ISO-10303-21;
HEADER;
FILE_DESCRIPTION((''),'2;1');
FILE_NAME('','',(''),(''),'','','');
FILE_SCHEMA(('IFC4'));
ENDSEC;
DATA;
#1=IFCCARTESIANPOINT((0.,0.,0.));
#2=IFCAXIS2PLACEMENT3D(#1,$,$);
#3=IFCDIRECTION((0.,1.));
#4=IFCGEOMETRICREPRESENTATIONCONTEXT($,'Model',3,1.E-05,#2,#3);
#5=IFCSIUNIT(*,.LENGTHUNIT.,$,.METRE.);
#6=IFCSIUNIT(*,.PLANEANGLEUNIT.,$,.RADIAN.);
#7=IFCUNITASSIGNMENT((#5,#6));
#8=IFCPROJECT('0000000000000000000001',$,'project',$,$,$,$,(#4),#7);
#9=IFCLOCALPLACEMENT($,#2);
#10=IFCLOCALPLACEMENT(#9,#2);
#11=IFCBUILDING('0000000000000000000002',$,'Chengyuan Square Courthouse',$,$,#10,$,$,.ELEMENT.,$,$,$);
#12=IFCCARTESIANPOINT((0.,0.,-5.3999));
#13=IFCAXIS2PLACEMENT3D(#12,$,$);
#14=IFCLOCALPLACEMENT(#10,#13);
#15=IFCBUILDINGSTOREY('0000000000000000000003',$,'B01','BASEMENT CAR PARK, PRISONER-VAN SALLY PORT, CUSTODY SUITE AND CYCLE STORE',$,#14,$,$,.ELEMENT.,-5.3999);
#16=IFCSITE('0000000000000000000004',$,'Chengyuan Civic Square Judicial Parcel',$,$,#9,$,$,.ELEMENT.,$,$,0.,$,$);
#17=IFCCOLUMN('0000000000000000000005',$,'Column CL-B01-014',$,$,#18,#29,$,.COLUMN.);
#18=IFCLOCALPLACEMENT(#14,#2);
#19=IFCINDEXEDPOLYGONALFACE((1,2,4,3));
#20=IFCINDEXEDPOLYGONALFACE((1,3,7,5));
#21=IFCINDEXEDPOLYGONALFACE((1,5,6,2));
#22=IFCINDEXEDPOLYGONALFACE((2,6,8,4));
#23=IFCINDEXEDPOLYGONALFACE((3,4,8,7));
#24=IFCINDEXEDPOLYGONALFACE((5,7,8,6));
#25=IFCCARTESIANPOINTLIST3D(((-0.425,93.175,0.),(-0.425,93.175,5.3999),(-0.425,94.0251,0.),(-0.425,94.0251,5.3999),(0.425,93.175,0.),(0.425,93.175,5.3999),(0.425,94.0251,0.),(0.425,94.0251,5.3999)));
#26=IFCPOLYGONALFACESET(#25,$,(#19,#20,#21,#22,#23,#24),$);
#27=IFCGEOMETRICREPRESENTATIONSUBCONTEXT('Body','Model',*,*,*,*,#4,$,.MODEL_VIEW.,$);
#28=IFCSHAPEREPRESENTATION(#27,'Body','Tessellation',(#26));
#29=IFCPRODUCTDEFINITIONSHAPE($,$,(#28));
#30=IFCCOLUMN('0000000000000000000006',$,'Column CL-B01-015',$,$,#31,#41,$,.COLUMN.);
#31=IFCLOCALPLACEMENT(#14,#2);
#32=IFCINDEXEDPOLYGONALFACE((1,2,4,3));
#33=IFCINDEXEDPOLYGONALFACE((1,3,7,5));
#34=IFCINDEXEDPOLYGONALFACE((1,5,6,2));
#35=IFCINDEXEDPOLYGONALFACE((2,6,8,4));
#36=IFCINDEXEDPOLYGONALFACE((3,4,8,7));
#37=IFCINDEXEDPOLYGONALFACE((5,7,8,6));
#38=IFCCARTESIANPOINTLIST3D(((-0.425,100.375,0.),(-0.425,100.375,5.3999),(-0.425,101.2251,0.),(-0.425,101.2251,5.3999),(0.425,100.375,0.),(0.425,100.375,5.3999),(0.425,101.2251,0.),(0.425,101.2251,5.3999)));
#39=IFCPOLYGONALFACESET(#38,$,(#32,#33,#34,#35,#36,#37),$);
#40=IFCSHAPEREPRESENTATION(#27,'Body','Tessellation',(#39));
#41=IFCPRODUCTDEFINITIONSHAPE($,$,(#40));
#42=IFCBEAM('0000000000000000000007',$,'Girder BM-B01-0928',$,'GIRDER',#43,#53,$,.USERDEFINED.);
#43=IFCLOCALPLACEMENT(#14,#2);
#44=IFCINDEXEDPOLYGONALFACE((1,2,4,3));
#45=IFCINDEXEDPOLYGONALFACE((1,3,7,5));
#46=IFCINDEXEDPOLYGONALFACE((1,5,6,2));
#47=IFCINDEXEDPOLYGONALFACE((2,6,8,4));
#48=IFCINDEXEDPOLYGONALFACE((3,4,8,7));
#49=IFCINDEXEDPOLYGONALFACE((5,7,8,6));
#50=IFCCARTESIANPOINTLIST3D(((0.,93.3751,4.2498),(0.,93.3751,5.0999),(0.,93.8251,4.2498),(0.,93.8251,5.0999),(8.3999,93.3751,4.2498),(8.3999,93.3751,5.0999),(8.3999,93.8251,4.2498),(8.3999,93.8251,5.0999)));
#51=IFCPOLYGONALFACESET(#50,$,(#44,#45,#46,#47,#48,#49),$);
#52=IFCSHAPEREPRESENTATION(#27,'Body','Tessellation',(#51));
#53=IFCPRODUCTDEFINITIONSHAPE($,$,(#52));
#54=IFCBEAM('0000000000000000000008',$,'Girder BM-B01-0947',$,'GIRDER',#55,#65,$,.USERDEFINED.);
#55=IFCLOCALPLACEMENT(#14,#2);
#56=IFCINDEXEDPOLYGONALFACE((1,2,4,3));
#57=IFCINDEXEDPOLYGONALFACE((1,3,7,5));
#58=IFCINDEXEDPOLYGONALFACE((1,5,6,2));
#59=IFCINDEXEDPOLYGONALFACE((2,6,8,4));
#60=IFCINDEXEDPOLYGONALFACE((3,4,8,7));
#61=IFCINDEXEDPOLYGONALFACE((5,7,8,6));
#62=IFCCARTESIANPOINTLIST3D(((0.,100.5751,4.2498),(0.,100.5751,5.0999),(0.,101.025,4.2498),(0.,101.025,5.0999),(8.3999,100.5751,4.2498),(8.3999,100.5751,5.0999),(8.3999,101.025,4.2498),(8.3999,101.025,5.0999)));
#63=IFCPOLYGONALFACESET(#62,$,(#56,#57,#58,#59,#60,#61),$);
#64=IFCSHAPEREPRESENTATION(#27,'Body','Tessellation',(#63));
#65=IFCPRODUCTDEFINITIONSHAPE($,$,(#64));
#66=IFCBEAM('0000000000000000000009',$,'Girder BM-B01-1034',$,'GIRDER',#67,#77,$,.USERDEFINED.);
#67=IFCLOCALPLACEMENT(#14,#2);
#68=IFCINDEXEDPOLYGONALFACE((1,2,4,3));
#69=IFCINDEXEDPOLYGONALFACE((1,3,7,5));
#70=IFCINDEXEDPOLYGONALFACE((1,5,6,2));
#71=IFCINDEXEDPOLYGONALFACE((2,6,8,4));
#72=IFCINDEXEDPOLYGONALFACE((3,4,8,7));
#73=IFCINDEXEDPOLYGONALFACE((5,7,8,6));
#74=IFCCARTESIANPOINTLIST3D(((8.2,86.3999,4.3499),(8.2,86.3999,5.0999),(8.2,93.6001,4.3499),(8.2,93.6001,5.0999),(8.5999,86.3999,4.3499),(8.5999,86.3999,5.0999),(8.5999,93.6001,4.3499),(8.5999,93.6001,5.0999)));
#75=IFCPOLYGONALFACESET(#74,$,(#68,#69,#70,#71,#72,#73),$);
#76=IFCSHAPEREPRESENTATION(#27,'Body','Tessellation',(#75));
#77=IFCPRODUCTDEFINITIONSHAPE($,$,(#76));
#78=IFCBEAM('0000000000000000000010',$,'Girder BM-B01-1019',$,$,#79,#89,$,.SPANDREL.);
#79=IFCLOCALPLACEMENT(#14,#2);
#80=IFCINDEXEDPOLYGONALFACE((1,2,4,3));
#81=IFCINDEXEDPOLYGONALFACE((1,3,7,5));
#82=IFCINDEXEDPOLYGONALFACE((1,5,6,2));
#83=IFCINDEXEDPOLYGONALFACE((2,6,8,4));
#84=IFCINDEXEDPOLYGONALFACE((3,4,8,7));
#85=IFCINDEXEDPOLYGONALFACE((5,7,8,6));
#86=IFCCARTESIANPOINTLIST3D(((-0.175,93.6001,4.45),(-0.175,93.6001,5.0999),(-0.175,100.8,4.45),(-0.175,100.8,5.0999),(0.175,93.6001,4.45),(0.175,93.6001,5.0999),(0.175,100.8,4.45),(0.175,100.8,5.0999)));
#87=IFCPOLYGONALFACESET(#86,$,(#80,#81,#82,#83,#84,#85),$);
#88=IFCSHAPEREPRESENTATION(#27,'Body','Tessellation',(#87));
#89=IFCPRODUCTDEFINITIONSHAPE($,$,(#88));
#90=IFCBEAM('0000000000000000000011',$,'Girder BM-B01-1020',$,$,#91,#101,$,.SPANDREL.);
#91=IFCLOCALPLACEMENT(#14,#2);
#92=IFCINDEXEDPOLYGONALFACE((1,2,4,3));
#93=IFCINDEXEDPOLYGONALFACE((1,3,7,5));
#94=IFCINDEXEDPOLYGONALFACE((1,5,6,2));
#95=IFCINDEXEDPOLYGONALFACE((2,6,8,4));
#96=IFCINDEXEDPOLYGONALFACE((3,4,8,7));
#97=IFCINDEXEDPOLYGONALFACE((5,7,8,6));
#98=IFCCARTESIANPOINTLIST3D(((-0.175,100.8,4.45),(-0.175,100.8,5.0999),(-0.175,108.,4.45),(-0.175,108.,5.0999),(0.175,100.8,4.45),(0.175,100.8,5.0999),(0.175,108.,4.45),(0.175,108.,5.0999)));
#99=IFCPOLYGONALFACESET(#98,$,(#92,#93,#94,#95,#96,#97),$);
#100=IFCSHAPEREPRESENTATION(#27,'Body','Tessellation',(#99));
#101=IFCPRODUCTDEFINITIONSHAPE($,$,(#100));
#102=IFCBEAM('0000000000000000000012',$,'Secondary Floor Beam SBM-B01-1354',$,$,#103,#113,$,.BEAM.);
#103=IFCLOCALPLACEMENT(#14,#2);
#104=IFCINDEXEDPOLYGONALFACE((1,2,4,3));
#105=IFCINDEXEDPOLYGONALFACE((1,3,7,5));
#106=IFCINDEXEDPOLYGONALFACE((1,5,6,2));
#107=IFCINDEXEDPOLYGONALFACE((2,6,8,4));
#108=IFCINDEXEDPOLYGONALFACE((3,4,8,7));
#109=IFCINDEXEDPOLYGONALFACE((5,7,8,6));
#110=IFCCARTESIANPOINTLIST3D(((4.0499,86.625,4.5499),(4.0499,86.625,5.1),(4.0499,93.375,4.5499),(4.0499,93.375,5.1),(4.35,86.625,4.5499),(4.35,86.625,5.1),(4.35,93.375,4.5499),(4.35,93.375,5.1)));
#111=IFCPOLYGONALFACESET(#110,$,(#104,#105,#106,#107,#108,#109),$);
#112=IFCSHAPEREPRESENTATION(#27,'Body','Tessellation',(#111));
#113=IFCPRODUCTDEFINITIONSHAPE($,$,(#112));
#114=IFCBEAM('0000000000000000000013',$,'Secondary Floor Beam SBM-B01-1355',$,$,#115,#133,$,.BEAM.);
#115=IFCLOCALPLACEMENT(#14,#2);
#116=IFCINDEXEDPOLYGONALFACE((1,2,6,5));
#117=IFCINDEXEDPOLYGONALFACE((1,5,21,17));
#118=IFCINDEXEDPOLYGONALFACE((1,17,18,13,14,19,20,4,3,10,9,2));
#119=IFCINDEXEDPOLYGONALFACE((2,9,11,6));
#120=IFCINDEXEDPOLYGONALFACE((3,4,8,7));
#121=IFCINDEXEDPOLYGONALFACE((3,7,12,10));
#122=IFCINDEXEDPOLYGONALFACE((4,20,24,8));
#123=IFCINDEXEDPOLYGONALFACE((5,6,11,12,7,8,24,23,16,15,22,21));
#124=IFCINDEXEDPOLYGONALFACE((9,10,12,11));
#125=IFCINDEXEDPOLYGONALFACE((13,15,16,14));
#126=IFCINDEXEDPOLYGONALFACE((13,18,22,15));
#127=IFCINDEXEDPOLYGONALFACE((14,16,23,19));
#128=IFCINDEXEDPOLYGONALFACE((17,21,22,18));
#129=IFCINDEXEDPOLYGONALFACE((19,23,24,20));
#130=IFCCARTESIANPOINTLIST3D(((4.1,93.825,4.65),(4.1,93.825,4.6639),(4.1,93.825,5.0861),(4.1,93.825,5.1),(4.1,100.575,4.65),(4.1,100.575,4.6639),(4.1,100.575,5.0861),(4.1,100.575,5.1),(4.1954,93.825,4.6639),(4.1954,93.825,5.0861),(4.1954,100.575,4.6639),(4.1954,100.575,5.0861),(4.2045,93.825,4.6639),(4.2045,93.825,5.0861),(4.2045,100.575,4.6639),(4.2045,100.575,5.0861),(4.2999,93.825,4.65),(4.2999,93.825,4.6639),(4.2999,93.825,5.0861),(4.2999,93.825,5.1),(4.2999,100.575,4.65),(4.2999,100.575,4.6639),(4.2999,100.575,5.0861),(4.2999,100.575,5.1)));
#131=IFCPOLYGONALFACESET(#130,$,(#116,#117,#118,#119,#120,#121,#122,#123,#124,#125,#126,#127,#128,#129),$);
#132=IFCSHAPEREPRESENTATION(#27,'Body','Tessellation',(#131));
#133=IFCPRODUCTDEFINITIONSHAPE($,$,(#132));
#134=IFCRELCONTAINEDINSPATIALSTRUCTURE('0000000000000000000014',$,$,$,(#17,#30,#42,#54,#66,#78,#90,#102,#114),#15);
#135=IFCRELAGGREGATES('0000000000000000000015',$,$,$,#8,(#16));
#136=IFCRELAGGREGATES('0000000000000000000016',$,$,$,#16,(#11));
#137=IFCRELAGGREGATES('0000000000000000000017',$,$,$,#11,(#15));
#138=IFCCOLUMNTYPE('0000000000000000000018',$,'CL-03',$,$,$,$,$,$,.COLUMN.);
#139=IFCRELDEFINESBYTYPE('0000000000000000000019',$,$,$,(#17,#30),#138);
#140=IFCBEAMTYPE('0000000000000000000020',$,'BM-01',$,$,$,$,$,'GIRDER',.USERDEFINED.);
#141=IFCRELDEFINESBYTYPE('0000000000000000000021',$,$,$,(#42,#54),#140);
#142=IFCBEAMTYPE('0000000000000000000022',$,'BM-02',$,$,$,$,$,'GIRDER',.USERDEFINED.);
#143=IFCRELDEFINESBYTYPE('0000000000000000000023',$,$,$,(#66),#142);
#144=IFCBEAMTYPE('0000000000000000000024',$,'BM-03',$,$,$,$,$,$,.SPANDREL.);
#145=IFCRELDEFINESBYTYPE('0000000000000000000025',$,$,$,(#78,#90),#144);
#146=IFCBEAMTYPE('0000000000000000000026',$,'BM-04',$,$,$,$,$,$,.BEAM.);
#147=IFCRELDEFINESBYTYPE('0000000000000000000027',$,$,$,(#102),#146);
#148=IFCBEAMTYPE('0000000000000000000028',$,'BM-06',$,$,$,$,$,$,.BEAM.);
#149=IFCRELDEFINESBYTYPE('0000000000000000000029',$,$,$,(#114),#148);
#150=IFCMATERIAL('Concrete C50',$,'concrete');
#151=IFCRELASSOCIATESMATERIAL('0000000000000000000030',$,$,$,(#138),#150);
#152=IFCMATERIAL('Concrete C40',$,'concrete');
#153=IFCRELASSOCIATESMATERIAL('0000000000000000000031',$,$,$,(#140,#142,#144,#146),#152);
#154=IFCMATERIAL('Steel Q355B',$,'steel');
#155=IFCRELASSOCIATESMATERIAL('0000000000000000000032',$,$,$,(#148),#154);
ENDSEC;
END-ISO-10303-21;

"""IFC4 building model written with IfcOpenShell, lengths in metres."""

from ifc_helpers import new_model, si_unit, direction, frame, origin, origin_2d, place, context, subcontext, project, spatial, rectangle, i_section, extrude, material, material_profile, profile_set, type_object, element, save


model = new_model("IFC4")

# Units and contexts
model_context = context("Model", 3, precision=1e-05, world=origin(), true_north=direction((0.0, 1.0)))
body_context = subcontext(model_context, "Body", "Model", "MODEL_VIEW")
ifc_project = project(units=[si_unit("LENGTHUNIT", "METRE"), si_unit("PLANEANGLEUNIT", "RADIAN")], contexts=[model_context])

# Site, building, storey
site_placement = place(None, origin())
site = spatial("IfcSite", under=ifc_project, at=site_placement, Name="Chengyuan Civic Square Judicial Parcel", CompositionType="ELEMENT", RefElevation=0.0)
building_placement = place(site_placement, origin())
building = spatial("IfcBuilding", under=site, at=building_placement, Name="Chengyuan Square Courthouse", CompositionType="ELEMENT")
storey_placement = place(building_placement, frame((0.0, 0.0, -5.3999)))
storey = spatial("IfcBuildingStorey", under=building, at=storey_placement, Name="B01", Description="BASEMENT CAR PARK, PRISONER-VAN SALLY PORT, CUSTODY SUITE AND CYCLE STORE", CompositionType="ELEMENT", Elevation=-5.3999)

# Columns
ifc_material_1 = material(Name="Concrete C50", Category="concrete")
ifc_material_profile_1 = material_profile(ifc_material_1, rectangle(XDim=0.8501, YDim=0.8501, at=origin_2d()), Name="RC-COL-850x850")
ifc_profile_set_1 = profile_set([ifc_material_profile_1], Name="Concrete C50")
column_type = type_object("IfcColumnType", Name="CL-03", PredefinedType="COLUMN", material=ifc_profile_set_1)
for number, where, z_axis, x_axis, name in (
    (1, (0.0, 93.6001, 0.0), (0.0, 0.0, 1.0), (1.0, 0.0, 0.0), "Column CL-B01-014"),
    (2, (0.0, 100.8, 0.0), (0.0, 0.0, 1.0), (1.0, 0.0, 0.0), "Column CL-B01-015"),
):
    element("IfcColumn", number, at=place(storey_placement, frame(where, z_axis=z_axis, x_axis=x_axis)), inside=storey, type_object=column_type, Name=name, PredefinedType="COLUMN", context=body_context, shape_type="SweptSolid", body=[
        extrude(rectangle(XDim=0.8501, YDim=0.8501, at=origin_2d()), origin(), (0.0, 0.0, 1.0), 5.3999),
    ])

# Beams
ifc_material_2 = material(Name="Concrete C40", Category="concrete")
ifc_material_profile_2 = material_profile(ifc_material_2, rectangle(XDim=0.45, YDim=0.8501, at=origin_2d()), Name="RC-BM-450x850")
ifc_profile_set_2 = profile_set([ifc_material_profile_2], Name="Concrete C40")
beam_type_1 = type_object("IfcBeamType", Name="BM-01", ElementType="GIRDER", PredefinedType="USERDEFINED", material=ifc_profile_set_2)
for number, where, z_axis, x_axis, name in (
    (3, (0.0, 93.6001, 4.6748), (1.0, 0.0, 0.0), (0.0, 1.0, 0.0), "Girder BM-B01-0928"),
    (4, (0.0, 100.8, 4.6748), (1.0, 0.0, 0.0), (0.0, 1.0, 0.0), "Girder BM-B01-0947"),
):
    element("IfcBeam", number, at=place(storey_placement, frame(where, z_axis=z_axis, x_axis=x_axis)), inside=storey, type_object=beam_type_1, Name=name, ObjectType="GIRDER", PredefinedType="USERDEFINED", context=body_context, shape_type="SweptSolid", body=[
        extrude(rectangle(XDim=0.45, YDim=0.8501, at=origin_2d()), origin(), (0.0, 0.0, 1.0), 8.3999),
    ])
ifc_material_profile_3 = material_profile(ifc_material_2, rectangle(XDim=0.3999, YDim=0.75, at=origin_2d()), Name="RC-BM-400x750")
ifc_profile_set_3 = profile_set([ifc_material_profile_3], Name="Concrete C40")
beam_type_2 = type_object("IfcBeamType", Name="BM-02", ElementType="GIRDER", PredefinedType="USERDEFINED", material=ifc_profile_set_3)
beam_1_placement = place(storey_placement, frame((8.3999, 86.3999, 4.7249), z_axis=(0.0, 1.0, 0.0), x_axis=(-1.0, 0.0, 0.0)))
element("IfcBeam", 5, at=beam_1_placement, inside=storey, type_object=beam_type_2, Name="Girder BM-B01-1034", ObjectType="GIRDER", PredefinedType="USERDEFINED", context=body_context, shape_type="SweptSolid", body=[
    extrude(rectangle(XDim=0.3999, YDim=0.75, at=origin_2d()), origin(), (0.0, 0.0, 1.0), 7.2002),
])
ifc_material_profile_4 = material_profile(ifc_material_2, rectangle(XDim=0.3501, YDim=0.6499, at=origin_2d()), Name="RC-BM-350x650")
ifc_profile_set_4 = profile_set([ifc_material_profile_4], Name="Concrete C40")
beam_type_3 = type_object("IfcBeamType", Name="BM-03", PredefinedType="SPANDREL", material=ifc_profile_set_4)
for number, where, z_axis, x_axis, name in (
    (6, (0.0, 93.6001, 4.7749), (0.0, 1.0, 0.0), (-1.0, 0.0, 0.0), "Girder BM-B01-1019"),
    (7, (0.0, 100.8, 4.7749), (0.0, 1.0, 0.0), (-1.0, 0.0, 0.0), "Girder BM-B01-1020"),
):
    element("IfcBeam", number, at=place(storey_placement, frame(where, z_axis=z_axis, x_axis=x_axis)), inside=storey, type_object=beam_type_3, Name=name, PredefinedType="SPANDREL", context=body_context, shape_type="SweptSolid", body=[
        extrude(rectangle(XDim=0.3501, YDim=0.6499, at=origin_2d()), origin(), (0.0, 0.0, 1.0), 7.2),
    ])
ifc_material_profile_5 = material_profile(ifc_material_2, rectangle(XDim=0.3, YDim=0.55, at=origin_2d()), Name="RC-BM-300x550")
ifc_profile_set_5 = profile_set([ifc_material_profile_5], Name="Concrete C40")
beam_type_4 = type_object("IfcBeamType", Name="BM-04", PredefinedType="BEAM", material=ifc_profile_set_5)
beam_2_placement = place(storey_placement, frame((4.2, 86.625, 4.825), z_axis=(0.0, 1.0, 0.0), x_axis=(-1.0, 0.0, 0.0)))
element("IfcBeam", 8, at=beam_2_placement, inside=storey, type_object=beam_type_4, Name="Secondary Floor Beam SBM-B01-1354", PredefinedType="BEAM", context=body_context, shape_type="SweptSolid", body=[
    extrude(rectangle(XDim=0.3, YDim=0.55, at=origin_2d()), origin(), (0.0, 0.0, 1.0), 6.75),
])
ifc_material_3 = material(Name="Steel Q355B", Category="steel")
ifc_material_profile_6 = material_profile(ifc_material_3, i_section(OverallWidth=0.2, OverallDepth=0.45, WebThickness=0.009, FlangeThickness=0.0139, at=origin_2d()), Name="HN 450x200x9x14")
ifc_profile_set_6 = profile_set([ifc_material_profile_6], Name="Steel Q355B")
beam_type_5 = type_object("IfcBeamType", Name="BM-06", PredefinedType="BEAM", material=ifc_profile_set_6)
beam_3_placement = place(storey_placement, frame((4.2, 93.825, 4.875), z_axis=(0.0, 1.0, 0.0), x_axis=(-1.0, 0.0, 0.0)))
element("IfcBeam", 9, at=beam_3_placement, inside=storey, type_object=beam_type_5, Name="Secondary Floor Beam SBM-B01-1355", PredefinedType="BEAM", context=body_context, shape_type="SweptSolid", body=[
    extrude(i_section(OverallWidth=0.2, OverallDepth=0.45, WebThickness=0.009, FlangeThickness=0.0139, at=origin_2d()), origin(), (0.0, 0.0, 1.0), 6.75),
])

save(model, "model.ifc")
